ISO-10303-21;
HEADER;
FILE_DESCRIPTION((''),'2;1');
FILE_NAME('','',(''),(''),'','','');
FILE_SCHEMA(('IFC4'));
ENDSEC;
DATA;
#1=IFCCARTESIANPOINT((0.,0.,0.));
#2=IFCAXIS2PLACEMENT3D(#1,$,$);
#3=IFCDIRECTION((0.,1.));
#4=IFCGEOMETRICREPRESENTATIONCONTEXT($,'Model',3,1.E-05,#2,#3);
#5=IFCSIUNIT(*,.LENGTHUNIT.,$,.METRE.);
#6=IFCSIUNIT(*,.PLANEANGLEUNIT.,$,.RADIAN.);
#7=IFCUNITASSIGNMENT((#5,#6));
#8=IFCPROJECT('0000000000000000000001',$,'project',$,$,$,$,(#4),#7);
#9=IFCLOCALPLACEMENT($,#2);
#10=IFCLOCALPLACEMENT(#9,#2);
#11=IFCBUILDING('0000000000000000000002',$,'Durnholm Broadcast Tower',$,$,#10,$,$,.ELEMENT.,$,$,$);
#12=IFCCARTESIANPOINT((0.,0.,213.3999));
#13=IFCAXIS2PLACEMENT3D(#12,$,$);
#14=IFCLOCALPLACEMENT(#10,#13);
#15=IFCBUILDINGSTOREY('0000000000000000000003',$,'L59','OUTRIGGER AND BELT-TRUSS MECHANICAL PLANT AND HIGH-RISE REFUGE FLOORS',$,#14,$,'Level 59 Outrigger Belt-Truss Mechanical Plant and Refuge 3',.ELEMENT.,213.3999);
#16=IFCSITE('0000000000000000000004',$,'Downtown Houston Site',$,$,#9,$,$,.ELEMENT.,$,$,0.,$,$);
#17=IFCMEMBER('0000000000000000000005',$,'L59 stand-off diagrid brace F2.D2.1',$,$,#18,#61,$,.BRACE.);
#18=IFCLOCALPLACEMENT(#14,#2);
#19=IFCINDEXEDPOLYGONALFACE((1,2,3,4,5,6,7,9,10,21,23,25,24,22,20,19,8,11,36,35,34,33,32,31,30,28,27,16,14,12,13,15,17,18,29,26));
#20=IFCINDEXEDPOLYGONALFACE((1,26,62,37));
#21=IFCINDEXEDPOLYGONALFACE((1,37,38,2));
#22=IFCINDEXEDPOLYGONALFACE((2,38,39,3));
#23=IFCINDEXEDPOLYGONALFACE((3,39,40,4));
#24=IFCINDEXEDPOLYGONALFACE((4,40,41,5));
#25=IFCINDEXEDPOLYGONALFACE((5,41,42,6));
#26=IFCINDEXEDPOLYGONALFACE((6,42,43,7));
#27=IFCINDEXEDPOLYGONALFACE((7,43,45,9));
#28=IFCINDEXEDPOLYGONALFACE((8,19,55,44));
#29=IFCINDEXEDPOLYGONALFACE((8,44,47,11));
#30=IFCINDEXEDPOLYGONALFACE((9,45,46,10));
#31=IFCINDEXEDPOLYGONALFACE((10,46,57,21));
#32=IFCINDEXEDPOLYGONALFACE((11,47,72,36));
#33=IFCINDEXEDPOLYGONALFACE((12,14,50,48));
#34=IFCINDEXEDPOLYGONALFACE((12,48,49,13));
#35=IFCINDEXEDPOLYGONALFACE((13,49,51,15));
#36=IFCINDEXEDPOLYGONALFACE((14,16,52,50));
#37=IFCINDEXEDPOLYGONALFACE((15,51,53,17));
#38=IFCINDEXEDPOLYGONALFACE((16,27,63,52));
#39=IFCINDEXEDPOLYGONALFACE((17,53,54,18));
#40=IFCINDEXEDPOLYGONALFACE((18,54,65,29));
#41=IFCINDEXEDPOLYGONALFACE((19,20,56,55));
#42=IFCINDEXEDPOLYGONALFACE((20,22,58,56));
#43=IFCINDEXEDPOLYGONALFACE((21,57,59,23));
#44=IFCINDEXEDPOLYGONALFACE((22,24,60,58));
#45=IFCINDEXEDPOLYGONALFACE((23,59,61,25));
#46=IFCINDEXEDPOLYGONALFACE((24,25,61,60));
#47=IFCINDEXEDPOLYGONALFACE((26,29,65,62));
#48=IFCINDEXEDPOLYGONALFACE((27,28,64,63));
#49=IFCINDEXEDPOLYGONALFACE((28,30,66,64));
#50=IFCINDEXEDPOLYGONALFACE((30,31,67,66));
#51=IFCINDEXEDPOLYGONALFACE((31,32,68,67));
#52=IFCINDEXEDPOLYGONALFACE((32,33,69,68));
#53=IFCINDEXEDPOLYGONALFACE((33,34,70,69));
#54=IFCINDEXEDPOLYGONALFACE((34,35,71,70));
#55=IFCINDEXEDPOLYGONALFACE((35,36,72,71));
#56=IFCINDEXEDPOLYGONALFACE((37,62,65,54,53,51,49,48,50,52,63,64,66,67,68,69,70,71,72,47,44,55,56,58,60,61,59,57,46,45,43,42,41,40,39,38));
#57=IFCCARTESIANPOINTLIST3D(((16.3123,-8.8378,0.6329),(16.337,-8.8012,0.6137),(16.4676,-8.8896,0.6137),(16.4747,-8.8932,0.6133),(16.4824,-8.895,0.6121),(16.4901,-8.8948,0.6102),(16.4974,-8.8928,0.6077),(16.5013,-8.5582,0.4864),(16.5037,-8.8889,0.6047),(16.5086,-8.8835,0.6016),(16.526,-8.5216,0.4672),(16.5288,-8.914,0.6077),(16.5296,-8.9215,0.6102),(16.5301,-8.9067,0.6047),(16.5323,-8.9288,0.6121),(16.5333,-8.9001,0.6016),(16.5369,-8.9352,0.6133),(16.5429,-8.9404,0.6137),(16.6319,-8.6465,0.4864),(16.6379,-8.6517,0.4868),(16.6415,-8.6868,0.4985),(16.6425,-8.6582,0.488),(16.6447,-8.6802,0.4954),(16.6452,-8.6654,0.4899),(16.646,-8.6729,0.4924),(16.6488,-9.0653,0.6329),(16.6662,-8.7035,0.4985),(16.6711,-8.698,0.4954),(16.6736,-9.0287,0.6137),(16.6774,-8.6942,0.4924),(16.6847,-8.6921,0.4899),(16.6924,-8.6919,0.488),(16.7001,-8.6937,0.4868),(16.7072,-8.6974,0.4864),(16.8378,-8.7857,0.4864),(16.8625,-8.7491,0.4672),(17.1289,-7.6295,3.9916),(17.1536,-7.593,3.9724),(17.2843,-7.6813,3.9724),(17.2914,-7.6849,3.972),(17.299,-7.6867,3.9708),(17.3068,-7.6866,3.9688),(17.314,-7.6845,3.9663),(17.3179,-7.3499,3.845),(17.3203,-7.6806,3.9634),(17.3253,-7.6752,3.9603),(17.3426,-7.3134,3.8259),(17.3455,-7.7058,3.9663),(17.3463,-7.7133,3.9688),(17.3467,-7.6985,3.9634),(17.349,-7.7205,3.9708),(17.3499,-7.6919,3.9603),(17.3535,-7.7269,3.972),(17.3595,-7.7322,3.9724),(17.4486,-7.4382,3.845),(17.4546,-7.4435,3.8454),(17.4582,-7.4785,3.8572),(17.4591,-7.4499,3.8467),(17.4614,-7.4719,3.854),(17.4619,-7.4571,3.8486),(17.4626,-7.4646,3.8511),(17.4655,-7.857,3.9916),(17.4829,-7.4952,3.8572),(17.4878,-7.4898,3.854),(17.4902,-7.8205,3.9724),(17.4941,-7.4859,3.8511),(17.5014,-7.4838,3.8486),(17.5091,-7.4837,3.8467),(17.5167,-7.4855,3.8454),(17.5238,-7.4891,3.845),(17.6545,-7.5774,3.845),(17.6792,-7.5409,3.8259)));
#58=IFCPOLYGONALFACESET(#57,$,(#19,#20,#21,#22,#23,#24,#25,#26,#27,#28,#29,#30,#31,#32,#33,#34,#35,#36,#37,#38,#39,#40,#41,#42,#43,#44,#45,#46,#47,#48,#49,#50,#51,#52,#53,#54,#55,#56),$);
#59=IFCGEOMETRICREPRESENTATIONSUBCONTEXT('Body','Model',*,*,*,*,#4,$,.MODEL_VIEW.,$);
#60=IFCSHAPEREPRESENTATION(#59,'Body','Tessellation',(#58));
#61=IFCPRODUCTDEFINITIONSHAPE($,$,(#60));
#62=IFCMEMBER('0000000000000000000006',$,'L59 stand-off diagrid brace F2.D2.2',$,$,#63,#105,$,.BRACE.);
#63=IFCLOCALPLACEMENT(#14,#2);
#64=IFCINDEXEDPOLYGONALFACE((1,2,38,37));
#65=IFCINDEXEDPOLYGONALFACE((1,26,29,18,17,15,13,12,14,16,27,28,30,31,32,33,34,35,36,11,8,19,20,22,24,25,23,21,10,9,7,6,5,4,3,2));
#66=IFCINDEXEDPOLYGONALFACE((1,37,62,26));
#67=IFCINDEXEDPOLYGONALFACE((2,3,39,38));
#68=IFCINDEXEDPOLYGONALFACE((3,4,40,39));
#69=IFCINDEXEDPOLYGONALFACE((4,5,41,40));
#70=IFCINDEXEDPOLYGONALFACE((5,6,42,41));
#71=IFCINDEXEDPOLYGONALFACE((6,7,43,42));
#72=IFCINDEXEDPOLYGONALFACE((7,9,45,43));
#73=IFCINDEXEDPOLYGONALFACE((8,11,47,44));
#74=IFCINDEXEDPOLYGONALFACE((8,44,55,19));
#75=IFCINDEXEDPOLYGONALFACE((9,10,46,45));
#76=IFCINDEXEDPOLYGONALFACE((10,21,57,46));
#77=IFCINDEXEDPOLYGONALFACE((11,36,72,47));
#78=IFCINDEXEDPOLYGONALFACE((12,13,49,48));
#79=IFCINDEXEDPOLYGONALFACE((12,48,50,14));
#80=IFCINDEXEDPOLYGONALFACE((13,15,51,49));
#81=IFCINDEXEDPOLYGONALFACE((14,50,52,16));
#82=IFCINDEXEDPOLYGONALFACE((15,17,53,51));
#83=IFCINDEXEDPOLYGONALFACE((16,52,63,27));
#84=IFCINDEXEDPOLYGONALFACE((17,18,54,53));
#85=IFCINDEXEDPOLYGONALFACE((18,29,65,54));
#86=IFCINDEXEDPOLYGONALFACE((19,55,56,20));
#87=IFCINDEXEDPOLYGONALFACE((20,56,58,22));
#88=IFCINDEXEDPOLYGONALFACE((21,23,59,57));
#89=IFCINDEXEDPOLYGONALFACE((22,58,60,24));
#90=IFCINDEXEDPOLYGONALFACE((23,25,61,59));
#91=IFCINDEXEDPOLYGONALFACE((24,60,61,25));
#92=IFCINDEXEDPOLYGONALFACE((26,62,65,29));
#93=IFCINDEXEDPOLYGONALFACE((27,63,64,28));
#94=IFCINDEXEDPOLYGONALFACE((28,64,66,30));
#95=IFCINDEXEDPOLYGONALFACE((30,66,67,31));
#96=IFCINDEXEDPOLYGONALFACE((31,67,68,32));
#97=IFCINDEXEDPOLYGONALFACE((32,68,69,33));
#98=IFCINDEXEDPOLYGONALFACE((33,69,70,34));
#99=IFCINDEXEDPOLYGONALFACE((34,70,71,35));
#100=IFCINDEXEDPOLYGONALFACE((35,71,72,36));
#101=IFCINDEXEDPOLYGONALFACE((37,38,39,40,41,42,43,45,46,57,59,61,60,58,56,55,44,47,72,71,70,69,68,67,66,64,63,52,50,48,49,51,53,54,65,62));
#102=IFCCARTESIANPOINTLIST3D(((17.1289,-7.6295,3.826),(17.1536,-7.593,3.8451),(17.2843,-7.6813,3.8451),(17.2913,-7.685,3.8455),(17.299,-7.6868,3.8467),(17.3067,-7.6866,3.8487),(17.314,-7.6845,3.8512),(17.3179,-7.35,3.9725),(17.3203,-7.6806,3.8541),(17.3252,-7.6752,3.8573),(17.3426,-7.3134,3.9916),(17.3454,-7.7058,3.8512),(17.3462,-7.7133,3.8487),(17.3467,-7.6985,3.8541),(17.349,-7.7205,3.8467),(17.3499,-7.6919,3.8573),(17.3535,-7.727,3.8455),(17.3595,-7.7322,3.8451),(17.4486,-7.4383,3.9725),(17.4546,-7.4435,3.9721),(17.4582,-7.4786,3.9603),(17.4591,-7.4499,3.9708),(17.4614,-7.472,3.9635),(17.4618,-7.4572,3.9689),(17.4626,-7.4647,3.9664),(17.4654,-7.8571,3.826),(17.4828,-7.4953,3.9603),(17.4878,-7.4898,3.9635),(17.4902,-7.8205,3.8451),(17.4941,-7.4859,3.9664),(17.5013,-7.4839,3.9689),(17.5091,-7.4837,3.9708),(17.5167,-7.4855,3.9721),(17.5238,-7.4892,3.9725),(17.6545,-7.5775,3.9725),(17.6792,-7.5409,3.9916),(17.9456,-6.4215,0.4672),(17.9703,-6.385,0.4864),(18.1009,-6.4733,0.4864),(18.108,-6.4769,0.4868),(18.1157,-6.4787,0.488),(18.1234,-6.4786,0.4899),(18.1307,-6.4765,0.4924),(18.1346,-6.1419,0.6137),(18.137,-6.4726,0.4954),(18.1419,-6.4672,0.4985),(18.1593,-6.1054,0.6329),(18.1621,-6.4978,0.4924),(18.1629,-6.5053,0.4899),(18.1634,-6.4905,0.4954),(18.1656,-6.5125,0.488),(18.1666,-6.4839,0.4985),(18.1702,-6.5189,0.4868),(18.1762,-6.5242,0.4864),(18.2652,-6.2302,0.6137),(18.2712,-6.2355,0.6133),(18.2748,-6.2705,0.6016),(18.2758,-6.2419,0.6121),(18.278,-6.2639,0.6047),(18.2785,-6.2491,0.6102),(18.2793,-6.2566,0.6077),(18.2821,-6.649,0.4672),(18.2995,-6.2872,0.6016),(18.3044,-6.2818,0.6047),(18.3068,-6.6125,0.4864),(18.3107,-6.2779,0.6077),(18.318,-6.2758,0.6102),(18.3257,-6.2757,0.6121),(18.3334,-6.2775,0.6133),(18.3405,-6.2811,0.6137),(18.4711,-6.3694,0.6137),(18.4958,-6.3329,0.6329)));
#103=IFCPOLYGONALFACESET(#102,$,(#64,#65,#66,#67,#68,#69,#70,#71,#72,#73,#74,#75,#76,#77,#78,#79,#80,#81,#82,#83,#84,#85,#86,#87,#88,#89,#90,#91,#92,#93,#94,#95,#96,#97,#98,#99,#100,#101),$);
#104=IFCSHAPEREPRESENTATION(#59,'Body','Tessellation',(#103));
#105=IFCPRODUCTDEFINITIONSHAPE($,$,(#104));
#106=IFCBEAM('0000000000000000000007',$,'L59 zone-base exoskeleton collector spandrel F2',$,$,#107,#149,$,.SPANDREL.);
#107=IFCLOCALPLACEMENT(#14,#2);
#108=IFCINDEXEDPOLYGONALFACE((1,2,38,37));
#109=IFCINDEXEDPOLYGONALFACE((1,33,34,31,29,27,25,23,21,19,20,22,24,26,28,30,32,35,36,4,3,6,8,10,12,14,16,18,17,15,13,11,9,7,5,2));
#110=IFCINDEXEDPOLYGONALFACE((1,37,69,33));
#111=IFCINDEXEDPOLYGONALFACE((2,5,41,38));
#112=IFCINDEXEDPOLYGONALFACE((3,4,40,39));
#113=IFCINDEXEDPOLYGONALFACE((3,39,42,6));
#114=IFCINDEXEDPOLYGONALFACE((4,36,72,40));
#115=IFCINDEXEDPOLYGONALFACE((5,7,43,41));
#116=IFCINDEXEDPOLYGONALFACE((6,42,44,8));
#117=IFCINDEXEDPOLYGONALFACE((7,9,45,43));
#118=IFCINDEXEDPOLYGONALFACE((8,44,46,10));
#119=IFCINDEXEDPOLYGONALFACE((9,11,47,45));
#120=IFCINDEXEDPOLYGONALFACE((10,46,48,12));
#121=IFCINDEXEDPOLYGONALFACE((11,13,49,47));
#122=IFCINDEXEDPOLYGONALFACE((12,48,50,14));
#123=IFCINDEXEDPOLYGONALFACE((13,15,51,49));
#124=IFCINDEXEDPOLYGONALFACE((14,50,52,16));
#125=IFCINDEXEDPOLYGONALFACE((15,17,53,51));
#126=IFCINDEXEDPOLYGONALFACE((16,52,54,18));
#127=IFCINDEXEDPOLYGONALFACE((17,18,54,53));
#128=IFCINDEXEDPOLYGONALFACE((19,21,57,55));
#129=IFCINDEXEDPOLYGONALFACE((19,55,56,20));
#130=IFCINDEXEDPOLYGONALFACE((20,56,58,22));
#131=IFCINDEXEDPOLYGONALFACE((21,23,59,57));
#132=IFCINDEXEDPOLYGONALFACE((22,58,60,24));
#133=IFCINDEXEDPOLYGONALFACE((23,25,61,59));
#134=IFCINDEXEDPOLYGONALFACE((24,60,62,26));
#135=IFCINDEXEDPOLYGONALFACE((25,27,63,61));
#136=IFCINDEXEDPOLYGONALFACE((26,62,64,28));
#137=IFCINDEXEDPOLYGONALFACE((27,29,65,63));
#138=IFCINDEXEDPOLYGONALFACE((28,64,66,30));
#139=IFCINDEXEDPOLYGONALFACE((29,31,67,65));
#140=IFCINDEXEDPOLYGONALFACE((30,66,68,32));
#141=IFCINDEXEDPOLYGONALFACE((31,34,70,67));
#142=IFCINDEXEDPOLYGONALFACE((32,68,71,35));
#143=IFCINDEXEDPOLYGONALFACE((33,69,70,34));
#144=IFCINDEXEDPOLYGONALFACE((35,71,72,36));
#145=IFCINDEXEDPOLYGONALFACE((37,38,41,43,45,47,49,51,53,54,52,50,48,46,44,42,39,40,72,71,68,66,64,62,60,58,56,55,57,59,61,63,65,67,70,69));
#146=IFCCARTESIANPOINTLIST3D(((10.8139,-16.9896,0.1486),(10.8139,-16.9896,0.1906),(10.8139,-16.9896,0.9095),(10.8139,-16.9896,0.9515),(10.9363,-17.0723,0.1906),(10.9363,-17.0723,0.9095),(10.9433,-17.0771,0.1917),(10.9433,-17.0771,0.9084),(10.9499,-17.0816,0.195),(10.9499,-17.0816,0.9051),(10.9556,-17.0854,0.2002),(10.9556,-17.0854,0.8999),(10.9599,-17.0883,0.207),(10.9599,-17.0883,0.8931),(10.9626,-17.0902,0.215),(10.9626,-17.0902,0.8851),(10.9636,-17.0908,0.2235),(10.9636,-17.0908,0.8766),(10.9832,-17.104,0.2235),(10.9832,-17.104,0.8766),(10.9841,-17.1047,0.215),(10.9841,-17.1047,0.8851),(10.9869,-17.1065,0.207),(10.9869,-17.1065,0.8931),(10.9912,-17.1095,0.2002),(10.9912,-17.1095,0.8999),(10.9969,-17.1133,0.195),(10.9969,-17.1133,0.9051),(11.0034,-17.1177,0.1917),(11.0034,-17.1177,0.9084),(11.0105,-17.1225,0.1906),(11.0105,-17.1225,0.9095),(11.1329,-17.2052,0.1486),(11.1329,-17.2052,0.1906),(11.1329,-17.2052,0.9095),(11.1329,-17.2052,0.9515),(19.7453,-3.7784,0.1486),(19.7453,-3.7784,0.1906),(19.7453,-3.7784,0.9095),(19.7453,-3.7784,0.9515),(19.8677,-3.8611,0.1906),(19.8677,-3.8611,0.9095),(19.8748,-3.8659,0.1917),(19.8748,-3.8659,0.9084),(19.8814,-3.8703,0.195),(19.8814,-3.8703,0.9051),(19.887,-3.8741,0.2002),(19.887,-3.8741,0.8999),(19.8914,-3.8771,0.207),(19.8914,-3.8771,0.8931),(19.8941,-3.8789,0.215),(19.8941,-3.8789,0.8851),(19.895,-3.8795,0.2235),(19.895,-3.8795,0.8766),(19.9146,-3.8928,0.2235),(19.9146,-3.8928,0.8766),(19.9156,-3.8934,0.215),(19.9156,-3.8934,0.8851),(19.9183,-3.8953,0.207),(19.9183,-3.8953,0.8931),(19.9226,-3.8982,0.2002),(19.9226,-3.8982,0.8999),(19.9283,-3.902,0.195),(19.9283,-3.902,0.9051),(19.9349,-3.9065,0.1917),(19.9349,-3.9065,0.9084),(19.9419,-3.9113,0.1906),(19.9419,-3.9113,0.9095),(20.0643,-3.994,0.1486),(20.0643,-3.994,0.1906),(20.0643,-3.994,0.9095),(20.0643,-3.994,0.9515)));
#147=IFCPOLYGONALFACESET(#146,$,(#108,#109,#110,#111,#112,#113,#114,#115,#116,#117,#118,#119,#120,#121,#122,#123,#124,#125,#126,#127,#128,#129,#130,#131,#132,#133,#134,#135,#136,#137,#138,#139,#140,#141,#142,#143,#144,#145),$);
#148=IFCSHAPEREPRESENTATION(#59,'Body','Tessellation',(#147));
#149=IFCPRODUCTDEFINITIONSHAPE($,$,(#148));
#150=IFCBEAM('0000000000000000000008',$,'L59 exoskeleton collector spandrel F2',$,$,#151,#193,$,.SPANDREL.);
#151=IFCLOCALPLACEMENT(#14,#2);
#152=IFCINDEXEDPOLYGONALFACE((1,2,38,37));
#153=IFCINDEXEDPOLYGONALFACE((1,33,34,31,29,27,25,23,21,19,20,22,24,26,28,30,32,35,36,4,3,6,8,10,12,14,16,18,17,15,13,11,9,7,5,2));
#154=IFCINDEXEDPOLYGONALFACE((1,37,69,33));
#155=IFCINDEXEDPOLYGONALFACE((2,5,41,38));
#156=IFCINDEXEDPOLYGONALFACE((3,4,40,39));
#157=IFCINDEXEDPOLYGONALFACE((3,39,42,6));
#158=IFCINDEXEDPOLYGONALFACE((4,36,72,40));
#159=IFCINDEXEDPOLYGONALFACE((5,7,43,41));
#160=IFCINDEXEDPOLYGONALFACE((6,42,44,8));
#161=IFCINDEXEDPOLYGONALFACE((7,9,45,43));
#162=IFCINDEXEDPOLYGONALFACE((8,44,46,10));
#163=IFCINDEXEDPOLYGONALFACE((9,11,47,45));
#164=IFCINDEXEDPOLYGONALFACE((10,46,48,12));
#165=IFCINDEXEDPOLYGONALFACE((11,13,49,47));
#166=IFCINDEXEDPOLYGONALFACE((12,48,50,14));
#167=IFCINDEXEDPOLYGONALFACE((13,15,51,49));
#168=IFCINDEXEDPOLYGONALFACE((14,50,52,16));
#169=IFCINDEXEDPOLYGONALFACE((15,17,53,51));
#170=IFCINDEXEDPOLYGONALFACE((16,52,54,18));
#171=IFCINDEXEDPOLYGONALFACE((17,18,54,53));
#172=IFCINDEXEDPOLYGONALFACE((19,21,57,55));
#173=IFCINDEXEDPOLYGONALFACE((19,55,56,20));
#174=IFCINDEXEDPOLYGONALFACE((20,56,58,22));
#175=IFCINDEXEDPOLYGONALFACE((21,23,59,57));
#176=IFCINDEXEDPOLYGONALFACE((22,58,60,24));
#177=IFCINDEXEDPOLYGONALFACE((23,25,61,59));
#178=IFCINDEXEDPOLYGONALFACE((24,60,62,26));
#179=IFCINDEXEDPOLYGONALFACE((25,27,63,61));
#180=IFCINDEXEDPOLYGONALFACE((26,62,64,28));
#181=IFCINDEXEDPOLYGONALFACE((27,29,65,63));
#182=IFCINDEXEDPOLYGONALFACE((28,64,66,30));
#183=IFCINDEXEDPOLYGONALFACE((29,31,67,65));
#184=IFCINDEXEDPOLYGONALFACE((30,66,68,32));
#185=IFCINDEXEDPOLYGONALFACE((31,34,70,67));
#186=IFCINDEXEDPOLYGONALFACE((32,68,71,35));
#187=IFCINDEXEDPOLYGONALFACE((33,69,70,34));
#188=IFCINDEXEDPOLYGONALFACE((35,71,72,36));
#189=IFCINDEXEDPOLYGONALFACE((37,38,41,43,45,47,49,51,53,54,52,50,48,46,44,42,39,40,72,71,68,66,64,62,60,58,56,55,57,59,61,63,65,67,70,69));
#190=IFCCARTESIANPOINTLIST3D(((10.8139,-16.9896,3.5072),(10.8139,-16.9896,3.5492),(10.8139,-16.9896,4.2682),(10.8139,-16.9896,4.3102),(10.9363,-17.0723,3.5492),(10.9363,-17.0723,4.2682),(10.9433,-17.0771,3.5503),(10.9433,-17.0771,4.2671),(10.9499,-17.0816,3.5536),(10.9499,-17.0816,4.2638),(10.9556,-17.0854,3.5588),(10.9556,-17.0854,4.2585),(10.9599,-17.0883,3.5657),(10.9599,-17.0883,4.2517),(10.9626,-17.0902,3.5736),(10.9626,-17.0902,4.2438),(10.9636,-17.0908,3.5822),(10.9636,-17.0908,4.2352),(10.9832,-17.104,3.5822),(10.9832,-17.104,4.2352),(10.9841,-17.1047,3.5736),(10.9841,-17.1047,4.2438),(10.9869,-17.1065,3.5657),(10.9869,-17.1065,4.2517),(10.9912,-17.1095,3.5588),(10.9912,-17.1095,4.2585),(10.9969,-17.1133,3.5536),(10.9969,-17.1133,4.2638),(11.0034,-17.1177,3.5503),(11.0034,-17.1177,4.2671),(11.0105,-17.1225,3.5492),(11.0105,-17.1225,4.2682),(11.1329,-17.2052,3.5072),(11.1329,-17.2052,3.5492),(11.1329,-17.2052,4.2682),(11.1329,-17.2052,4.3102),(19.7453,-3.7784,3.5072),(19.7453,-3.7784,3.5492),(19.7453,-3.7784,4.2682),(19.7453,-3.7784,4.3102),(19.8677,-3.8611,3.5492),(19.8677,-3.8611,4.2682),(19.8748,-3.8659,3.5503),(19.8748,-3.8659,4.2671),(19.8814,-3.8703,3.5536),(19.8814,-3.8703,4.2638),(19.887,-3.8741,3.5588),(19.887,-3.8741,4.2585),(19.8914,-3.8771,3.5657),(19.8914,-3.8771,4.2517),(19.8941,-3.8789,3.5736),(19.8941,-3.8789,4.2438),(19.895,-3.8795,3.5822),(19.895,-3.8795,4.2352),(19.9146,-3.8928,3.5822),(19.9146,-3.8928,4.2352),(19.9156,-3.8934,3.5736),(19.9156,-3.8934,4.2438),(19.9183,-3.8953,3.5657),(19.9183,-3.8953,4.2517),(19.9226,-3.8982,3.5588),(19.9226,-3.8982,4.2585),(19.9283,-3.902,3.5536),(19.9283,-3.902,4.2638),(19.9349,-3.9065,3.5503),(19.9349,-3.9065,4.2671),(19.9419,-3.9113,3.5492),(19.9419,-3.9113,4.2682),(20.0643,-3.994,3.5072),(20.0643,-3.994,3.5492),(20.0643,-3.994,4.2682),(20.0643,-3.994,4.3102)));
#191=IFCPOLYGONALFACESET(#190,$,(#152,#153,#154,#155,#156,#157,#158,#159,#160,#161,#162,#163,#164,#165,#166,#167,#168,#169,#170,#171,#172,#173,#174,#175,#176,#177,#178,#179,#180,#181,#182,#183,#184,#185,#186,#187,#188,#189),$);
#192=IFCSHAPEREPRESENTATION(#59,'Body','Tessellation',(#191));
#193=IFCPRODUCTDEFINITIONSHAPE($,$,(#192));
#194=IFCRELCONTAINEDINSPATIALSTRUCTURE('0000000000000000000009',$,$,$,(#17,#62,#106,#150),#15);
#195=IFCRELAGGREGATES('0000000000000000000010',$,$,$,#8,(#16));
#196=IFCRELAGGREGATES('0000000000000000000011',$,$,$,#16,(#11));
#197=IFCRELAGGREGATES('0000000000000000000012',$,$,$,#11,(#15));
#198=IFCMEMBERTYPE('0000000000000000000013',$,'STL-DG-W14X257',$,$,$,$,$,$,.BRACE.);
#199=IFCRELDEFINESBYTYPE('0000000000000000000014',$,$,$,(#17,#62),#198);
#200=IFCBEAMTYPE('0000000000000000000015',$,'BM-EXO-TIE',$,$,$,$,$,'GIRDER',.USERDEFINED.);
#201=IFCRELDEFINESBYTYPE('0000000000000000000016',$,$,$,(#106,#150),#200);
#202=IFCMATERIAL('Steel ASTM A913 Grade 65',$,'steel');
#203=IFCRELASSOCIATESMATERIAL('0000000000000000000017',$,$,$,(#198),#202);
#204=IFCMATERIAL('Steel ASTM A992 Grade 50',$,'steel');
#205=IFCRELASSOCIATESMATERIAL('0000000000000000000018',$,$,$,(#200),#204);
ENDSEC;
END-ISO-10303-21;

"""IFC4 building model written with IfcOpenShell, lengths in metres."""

from ifc_helpers import new_model, si_unit, direction, frame, origin, origin_2d, place, context, subcontext, project, spatial, i_section, extrude, source, transform, mapped, material, material_profile, profile_set, type_object, type_shapes, element, save


model = new_model("IFC4")

# Units and contexts
model_context = context("Model", 3, precision=1e-05, world=origin(), true_north=direction((0.0, 1.0)))
body_context = subcontext(model_context, "Body", "Model", "MODEL_VIEW")
ifc_project = project(units=[si_unit("LENGTHUNIT", "METRE"), si_unit("PLANEANGLEUNIT", "RADIAN")], contexts=[model_context])

# Site, building, storey
site_placement = place(None, origin())
site = spatial("IfcSite", under=ifc_project, at=site_placement, Name="Downtown Houston Site", CompositionType="ELEMENT", RefElevation=0.0)
building_placement = place(site_placement, origin())
building = spatial("IfcBuilding", under=site, at=building_placement, Name="Durnholm Broadcast Tower", CompositionType="ELEMENT")
storey_placement = place(building_placement, frame((0.0, 0.0, 213.3999)))
storey = spatial("IfcBuildingStorey", under=building, at=storey_placement, Name="L59", Description="OUTRIGGER AND BELT-TRUSS MECHANICAL PLANT AND HIGH-RISE REFUGE FLOORS", LongName="Level 59 Outrigger Belt-Truss Mechanical Plant and Refuge 3", CompositionType="ELEMENT", Elevation=213.3999)

# Members
ifc_material_1 = material(Name="Steel ASTM A913 Grade 65", Category="steel")
ifc_material_profile_1 = material_profile(ifc_material_1, i_section(OverallWidth=0.4062, OverallDepth=0.416, WebThickness=0.0298, FlangeThickness=0.0481, FilletRadius=0.0305, at=origin_2d()), Name="W14X257")
ifc_profile_set_1 = profile_set([ifc_material_profile_1], Name="Steel ASTM A913 Grade 65")
member_type_1 = type_object("IfcMemberType", Name="STL-DG-W14X257", PredefinedType="BRACE", material=ifc_profile_set_1)
shared_shape_1 = source(origin(), body_context, "Body", "SweptSolid", [
    extrude(i_section(OverallWidth=0.4062, OverallDepth=0.416, WebThickness=0.0298, FlangeThickness=0.0481, FilletRadius=0.0305, at=origin_2d()), origin(), (0.0, 0.0, 1.0), 3.6616),
])
type_shapes(member_type_1, [shared_shape_1])
for number, where, z_axis, x_axis, name in (
    (1, (16.5874, -8.7935, 0.55), (0.223031, 0.32998, 0.917262), (-0.828505, 0.559982, 0.0), "L59 stand-off diagrid brace F2.D2.1"),
    (2, (18.2207, -6.3772, 0.55), (-0.223036, -0.32992, 0.917283), (0.828452, -0.560059, 0.0), "L59 stand-off diagrid brace F2.D2.2"),
):
    element("IfcMember", number, at=place(storey_placement, frame(where, z_axis=z_axis, x_axis=x_axis)), inside=storey, type_object=member_type_1, Name=name, PredefinedType="BRACE", context=body_context, shape_type="MappedRepresentation", body=[
        mapped(shared_shape_1, transform((0.0, 0.0, 0.0), x_axis=(1.0, 0.0, 0.0), y_axis=(0.0, 1.0, 0.0), z_axis=(0.0, 0.0, 1.0), scale=1.0)),
    ])

# Beams
ifc_material_2 = material(Name="Steel ASTM A992 Grade 50", Category="steel")
ifc_material_profile_2 = material_profile(ifc_material_2, i_section(OverallWidth=0.385, OverallDepth=0.803, WebThickness=0.0237, FlangeThickness=0.042, FilletRadius=0.033, at=origin_2d()), Name="W30X261")
ifc_profile_set_2 = profile_set([ifc_material_profile_2], Name="Steel ASTM A992 Grade 50")
beam_type = type_object("IfcBeamType", Name="BM-EXO-TIE", ElementType="GIRDER", PredefinedType="USERDEFINED", material=ifc_profile_set_2)
shared_shape_2 = source(origin(), body_context, "Body", "SweptSolid", [
    extrude(i_section(OverallWidth=0.385, OverallDepth=0.803, WebThickness=0.0237, FlangeThickness=0.042, FilletRadius=0.033, at=origin_2d()), origin(), (0.0, 0.0, 1.0), 15.947),
])
type_shapes(beam_type, [shared_shape_2])
for number, where, z_axis, x_axis, name in (
    (3, (10.9734, -17.0974, 0.55), (0.560069, 0.828446, 0.0), (-0.828446, 0.560069, 0.0), "L59 zone-base exoskeleton collector spandrel F2"),
    (4, (10.9734, -17.0974, 3.9087), (0.560069, 0.828446, 0.0), (-0.828446, 0.560069, 0.0), "L59 exoskeleton collector spandrel F2"),
):
    element("IfcBeam", number, at=place(storey_placement, frame(where, z_axis=z_axis, x_axis=x_axis)), inside=storey, type_object=beam_type, Name=name, PredefinedType="SPANDREL", context=body_context, shape_type="MappedRepresentation", body=[
        mapped(shared_shape_2, transform((0.0, 0.0, 0.0), x_axis=(1.0, 0.0, 0.0), y_axis=(0.0, 1.0, 0.0), z_axis=(0.0, 0.0, 1.0), scale=1.0)),
    ])

save(model, "model.ifc")
